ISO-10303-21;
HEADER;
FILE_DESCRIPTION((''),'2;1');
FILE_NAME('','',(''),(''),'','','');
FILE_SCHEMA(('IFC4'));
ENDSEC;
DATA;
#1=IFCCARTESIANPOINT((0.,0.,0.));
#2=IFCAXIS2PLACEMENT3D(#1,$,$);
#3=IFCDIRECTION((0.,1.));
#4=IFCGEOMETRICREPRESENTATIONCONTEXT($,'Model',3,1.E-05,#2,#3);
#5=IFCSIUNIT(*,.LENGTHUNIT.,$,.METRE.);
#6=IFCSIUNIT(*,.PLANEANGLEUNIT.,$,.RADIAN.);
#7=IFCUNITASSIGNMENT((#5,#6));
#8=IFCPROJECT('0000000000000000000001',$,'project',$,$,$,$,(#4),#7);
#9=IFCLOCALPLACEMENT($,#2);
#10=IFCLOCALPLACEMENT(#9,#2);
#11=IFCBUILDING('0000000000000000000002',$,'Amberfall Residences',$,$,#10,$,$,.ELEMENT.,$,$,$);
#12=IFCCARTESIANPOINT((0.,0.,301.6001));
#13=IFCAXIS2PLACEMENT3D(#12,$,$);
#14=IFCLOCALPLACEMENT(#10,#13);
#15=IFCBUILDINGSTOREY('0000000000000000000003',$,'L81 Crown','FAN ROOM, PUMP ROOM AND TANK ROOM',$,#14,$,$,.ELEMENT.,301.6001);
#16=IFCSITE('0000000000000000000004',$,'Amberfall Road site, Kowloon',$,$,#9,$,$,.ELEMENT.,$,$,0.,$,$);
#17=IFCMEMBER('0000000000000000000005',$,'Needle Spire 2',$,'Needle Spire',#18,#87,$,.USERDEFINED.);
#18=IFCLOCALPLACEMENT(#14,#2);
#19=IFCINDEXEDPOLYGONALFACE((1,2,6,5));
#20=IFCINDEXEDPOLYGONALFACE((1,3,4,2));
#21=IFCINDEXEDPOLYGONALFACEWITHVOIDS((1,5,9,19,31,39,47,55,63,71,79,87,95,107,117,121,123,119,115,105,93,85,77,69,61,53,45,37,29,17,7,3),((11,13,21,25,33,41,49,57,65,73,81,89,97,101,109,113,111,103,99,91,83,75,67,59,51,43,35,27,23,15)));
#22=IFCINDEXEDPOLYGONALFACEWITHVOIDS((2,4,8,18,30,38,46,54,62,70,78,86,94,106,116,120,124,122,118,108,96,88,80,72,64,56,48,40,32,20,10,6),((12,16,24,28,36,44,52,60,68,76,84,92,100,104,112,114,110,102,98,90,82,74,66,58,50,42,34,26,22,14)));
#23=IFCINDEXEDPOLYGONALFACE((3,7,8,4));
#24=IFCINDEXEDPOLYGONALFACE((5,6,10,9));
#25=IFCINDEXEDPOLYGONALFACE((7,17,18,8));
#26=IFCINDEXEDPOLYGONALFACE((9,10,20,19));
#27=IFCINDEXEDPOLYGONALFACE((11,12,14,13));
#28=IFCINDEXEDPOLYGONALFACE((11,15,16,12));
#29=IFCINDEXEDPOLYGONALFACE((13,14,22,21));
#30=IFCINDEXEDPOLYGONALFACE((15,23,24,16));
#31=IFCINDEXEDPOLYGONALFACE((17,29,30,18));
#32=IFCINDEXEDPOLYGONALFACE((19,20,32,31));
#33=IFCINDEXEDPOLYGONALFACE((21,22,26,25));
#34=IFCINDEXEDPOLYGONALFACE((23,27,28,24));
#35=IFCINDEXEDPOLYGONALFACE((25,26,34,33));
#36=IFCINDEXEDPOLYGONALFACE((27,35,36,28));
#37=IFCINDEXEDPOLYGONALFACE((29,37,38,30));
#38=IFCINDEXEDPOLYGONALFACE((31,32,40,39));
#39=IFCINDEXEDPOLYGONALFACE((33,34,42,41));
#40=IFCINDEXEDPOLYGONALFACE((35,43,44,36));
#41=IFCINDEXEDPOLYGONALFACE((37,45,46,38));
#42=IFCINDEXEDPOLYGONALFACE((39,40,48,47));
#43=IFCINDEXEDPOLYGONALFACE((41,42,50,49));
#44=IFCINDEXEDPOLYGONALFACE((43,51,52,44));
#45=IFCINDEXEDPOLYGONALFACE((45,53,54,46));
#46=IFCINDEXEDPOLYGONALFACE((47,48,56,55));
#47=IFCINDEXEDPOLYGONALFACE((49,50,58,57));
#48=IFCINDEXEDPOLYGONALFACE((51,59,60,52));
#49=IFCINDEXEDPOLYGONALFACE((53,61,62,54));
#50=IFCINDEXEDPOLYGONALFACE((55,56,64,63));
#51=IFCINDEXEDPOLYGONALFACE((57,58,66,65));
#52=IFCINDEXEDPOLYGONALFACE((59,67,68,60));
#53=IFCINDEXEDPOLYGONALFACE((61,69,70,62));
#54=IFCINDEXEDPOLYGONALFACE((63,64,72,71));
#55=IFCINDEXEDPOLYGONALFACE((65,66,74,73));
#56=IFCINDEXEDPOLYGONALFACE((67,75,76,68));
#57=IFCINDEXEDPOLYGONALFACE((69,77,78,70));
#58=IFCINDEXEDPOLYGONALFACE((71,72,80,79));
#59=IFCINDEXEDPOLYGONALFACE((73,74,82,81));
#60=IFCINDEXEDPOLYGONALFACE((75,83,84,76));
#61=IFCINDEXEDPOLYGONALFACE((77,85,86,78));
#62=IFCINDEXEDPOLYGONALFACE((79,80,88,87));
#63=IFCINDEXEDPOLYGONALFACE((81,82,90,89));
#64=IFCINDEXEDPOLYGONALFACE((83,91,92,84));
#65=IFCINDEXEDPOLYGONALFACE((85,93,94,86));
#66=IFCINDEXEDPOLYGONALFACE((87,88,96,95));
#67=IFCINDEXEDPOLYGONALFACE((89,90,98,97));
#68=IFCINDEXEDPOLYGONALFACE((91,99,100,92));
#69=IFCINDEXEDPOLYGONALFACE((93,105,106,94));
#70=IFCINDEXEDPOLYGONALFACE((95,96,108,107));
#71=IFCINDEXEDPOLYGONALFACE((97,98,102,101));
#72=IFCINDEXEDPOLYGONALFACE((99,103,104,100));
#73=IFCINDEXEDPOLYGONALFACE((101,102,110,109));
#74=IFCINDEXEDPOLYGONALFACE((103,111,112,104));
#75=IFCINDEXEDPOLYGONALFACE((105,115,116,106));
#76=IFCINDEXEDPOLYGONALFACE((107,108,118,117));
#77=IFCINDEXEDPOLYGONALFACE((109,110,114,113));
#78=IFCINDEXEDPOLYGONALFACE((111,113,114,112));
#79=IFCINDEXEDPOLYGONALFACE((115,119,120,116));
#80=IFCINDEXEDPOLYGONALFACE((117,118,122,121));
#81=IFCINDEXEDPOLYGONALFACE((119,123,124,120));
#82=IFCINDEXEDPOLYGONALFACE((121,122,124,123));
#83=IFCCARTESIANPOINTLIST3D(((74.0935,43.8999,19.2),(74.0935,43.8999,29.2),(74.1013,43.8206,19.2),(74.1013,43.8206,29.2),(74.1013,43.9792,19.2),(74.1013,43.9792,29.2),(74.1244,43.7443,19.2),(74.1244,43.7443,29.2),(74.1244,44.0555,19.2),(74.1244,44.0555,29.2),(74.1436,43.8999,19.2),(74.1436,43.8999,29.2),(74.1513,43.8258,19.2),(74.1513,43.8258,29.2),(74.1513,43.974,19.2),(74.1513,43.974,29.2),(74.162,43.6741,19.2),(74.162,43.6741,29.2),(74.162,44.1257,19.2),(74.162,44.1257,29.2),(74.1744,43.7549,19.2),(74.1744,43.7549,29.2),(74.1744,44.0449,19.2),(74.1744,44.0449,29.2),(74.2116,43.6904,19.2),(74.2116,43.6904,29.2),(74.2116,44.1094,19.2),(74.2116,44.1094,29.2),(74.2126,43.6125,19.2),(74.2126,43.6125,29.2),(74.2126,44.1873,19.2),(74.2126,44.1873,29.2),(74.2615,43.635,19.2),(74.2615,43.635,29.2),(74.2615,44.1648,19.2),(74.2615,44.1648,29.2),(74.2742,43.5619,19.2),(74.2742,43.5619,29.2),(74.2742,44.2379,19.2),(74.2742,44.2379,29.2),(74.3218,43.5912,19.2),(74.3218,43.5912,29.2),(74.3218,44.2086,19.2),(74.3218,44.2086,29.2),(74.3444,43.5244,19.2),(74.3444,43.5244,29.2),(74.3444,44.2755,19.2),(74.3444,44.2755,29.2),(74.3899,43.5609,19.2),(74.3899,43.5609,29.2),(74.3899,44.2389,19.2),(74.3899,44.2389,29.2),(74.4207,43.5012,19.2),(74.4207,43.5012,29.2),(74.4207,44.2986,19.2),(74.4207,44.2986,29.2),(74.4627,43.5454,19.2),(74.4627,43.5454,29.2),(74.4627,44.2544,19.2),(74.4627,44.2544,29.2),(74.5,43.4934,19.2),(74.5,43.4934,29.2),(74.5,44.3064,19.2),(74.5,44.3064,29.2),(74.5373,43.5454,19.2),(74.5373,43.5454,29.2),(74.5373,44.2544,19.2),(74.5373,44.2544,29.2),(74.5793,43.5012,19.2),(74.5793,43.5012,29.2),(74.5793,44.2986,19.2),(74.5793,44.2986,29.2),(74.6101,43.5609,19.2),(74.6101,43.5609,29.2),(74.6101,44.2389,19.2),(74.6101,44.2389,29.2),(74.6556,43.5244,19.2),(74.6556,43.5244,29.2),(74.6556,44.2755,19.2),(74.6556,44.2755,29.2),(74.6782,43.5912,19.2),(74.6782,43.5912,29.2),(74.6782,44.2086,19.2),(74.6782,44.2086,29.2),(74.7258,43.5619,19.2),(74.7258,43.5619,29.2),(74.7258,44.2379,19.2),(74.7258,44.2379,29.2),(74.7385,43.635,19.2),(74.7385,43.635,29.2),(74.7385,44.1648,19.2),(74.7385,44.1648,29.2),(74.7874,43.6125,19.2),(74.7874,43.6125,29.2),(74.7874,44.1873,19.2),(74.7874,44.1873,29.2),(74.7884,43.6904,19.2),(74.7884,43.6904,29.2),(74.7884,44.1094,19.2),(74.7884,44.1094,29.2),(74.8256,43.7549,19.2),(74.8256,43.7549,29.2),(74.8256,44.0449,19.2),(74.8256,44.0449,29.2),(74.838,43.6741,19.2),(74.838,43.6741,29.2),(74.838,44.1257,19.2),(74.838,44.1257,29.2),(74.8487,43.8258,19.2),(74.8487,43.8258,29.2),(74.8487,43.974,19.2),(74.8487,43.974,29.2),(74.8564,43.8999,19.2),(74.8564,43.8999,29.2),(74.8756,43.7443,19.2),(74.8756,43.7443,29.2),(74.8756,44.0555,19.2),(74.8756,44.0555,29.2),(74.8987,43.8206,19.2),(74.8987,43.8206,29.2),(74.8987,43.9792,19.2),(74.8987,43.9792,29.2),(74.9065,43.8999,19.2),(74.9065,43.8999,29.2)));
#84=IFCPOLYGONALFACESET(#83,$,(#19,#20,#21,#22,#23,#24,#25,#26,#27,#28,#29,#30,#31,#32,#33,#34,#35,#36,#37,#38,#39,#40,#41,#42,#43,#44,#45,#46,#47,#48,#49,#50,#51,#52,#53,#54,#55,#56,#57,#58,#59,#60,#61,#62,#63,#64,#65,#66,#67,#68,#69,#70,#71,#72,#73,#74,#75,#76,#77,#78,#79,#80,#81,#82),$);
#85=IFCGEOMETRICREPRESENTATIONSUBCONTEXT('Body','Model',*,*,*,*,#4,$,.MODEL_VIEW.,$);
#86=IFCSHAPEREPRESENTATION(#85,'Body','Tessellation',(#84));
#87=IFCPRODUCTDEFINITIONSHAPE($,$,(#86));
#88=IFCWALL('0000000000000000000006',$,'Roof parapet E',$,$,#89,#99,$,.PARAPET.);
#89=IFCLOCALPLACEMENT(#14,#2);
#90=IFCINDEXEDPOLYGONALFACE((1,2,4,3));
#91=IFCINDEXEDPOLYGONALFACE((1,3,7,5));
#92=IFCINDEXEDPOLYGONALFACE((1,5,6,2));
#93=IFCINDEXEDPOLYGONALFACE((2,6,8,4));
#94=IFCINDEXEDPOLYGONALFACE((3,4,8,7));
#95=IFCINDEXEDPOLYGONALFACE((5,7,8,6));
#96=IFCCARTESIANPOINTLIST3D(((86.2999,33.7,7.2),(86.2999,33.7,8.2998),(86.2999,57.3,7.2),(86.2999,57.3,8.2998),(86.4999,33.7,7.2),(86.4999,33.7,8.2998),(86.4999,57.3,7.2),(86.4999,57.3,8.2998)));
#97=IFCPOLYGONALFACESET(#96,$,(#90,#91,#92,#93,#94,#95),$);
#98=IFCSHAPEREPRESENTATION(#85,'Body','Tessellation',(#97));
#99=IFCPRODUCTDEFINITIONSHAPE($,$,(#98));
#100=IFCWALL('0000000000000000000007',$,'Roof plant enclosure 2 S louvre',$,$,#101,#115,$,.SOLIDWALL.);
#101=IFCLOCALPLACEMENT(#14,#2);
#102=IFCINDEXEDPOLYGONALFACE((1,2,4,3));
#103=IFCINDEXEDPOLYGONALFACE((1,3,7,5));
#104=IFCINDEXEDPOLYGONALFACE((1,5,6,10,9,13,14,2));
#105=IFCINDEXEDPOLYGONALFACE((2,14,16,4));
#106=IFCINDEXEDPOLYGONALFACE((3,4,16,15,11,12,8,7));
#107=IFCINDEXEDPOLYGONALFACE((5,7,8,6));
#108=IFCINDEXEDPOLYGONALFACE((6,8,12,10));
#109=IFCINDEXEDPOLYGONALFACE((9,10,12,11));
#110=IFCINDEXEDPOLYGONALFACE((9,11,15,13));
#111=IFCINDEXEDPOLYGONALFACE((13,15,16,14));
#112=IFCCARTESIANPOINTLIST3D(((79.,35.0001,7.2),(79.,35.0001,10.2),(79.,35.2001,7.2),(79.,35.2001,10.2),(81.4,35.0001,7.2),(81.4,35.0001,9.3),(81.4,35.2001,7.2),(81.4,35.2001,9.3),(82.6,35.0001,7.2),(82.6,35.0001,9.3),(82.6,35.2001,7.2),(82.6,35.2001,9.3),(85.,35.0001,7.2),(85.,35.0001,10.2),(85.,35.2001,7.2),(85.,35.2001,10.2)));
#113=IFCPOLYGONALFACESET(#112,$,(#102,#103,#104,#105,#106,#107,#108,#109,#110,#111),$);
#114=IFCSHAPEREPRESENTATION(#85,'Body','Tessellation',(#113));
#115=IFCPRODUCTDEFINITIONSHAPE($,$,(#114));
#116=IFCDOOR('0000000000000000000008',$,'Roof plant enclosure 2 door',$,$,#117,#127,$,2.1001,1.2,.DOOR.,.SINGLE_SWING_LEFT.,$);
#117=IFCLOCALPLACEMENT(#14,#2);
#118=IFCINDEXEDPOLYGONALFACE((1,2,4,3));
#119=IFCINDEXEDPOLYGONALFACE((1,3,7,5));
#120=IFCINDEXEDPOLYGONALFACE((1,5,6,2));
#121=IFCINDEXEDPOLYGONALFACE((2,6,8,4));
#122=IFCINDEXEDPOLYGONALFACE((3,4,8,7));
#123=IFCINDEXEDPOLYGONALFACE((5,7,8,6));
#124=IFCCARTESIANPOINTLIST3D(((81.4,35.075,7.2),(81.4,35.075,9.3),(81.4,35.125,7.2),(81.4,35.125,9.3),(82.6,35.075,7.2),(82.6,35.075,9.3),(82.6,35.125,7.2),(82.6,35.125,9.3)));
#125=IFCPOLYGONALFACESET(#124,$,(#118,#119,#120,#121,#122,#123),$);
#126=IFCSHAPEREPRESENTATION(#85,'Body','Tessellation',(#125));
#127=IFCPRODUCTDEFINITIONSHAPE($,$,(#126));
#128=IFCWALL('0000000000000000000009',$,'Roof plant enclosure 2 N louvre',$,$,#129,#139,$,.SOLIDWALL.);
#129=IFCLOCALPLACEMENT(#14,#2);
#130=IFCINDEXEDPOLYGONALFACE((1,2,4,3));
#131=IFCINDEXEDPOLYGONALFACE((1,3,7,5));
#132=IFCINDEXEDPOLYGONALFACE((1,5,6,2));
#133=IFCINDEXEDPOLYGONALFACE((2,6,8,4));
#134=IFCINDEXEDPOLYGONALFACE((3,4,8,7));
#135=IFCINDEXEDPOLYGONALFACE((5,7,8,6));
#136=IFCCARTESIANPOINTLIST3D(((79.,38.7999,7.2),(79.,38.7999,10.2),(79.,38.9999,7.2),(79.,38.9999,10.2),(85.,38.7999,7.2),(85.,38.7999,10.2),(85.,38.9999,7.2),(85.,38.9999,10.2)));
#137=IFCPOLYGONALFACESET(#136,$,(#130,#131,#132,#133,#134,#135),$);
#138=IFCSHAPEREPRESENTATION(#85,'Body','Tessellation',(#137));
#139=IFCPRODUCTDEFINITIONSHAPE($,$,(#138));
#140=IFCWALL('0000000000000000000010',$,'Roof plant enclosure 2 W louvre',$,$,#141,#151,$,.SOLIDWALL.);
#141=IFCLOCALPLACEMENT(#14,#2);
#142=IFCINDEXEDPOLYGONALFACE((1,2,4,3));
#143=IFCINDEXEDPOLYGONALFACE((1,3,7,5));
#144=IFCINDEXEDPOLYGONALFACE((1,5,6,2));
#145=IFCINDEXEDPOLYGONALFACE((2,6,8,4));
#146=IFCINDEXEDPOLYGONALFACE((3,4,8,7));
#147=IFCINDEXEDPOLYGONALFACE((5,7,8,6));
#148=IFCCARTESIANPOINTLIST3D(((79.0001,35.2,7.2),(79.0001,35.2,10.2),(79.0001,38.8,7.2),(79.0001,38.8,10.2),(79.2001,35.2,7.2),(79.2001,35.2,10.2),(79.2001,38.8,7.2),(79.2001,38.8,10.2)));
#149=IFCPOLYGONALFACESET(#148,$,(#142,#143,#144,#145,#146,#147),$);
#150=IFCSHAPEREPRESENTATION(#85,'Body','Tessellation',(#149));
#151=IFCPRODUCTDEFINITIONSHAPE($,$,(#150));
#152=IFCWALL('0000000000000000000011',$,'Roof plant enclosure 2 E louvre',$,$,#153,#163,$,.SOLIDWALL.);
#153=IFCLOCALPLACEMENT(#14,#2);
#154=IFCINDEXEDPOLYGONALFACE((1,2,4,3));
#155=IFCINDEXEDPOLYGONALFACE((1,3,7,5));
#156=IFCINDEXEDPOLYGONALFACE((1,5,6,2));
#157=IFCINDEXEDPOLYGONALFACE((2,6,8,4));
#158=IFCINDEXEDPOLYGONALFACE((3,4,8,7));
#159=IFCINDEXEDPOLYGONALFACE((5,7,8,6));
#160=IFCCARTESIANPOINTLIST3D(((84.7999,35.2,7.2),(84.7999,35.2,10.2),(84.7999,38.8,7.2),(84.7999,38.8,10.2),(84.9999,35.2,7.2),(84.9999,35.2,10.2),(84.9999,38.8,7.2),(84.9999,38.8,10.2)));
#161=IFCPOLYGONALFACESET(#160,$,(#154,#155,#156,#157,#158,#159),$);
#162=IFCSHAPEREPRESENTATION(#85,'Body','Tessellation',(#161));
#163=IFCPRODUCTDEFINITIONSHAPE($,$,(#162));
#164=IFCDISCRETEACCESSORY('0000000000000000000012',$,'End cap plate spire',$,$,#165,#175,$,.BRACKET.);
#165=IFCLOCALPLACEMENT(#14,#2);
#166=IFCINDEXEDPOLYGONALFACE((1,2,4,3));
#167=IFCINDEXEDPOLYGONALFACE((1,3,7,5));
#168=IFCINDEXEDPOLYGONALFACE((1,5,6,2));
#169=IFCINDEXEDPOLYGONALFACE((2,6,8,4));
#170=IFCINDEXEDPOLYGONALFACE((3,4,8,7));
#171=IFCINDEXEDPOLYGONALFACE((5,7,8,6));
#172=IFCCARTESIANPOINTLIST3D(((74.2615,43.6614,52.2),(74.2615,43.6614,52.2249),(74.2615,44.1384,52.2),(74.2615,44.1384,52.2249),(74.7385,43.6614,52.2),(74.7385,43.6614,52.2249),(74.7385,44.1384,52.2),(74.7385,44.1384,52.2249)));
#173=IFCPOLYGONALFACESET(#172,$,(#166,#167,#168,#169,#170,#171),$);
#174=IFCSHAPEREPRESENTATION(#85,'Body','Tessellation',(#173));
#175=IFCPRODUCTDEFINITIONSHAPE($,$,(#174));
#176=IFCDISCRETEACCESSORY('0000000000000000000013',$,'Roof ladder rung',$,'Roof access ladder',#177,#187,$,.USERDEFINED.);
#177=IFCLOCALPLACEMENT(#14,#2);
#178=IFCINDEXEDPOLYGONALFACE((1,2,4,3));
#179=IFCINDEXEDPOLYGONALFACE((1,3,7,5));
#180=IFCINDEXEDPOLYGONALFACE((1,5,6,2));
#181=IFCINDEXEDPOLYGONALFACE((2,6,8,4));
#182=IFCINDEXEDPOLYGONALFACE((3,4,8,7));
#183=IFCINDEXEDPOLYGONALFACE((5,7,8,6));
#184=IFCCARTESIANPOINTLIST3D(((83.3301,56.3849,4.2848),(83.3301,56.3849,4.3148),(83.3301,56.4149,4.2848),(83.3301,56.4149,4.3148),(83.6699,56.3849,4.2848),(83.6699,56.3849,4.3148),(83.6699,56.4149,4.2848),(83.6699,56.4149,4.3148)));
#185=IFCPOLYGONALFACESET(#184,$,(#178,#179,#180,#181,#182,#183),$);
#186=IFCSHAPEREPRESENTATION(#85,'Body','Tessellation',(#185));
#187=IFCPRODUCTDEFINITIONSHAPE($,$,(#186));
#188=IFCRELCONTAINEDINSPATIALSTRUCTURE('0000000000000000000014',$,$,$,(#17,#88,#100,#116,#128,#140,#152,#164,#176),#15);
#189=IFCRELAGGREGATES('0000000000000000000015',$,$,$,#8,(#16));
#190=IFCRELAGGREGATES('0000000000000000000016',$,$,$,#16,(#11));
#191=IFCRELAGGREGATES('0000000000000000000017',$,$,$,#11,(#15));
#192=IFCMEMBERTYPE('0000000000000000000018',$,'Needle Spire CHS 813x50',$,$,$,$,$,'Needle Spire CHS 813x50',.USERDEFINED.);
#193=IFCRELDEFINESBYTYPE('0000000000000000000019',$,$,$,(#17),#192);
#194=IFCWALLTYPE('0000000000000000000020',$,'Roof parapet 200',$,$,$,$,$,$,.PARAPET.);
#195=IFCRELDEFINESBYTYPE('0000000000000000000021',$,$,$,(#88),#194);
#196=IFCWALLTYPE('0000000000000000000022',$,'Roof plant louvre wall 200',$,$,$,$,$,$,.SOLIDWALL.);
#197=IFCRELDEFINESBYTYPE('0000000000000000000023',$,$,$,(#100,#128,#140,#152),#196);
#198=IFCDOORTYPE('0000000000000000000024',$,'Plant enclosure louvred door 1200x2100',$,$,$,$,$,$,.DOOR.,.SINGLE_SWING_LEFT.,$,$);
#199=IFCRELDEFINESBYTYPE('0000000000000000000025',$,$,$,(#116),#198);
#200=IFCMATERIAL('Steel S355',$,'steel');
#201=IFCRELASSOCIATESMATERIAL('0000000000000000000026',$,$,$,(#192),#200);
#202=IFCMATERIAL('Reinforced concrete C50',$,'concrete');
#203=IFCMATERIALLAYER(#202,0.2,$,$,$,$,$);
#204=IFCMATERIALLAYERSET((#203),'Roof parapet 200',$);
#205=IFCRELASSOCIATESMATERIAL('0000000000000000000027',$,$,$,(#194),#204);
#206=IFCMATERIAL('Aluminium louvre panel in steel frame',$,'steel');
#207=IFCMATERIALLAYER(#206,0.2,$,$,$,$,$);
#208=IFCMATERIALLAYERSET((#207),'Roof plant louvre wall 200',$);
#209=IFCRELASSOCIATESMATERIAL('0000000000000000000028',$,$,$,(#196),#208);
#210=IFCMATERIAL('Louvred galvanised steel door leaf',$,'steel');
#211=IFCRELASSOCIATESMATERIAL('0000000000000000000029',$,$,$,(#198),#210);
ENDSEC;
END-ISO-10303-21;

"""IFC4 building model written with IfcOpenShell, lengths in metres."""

from ifc_helpers import new_model, si_unit, direction, frame, frame_2d, origin, origin_2d, place, context, subcontext, project, spatial, rectangle, hollow_circle, extrude, material, layer, layer_set, material_profile, profile_set, type_object, element, fill, save


model = new_model("IFC4")

# Units and contexts
model_context = context("Model", 3, precision=1e-05, world=origin(), true_north=direction((0.0, 1.0)))
body_context = subcontext(model_context, "Body", "Model", "MODEL_VIEW")
ifc_project = project(units=[si_unit("LENGTHUNIT", "METRE"), si_unit("PLANEANGLEUNIT", "RADIAN")], contexts=[model_context])

# Site, building, storey
site_placement = place(None, origin())
site = spatial("IfcSite", under=ifc_project, at=site_placement, Name="Amberfall Road site, Kowloon", CompositionType="ELEMENT", RefElevation=0.0)
building_placement = place(site_placement, origin())
building = spatial("IfcBuilding", under=site, at=building_placement, Name="Amberfall Residences", CompositionType="ELEMENT")
storey_placement = place(building_placement, frame((0.0, 0.0, 301.6001)))
storey = spatial("IfcBuildingStorey", under=building, at=storey_placement, Name="L81 Crown", Description="FAN ROOM, PUMP ROOM AND TANK ROOM", CompositionType="ELEMENT", Elevation=301.6001)

# Member
ifc_material_1 = material(Name="Steel S355", Category="steel")
ifc_material_profile_1 = material_profile(ifc_material_1, hollow_circle(Radius=0.4065, WallThickness=0.05, at=origin_2d()), Name="CHS 813x50")
ifc_profile_set_1 = profile_set([ifc_material_profile_1], Name="Steel S355")
member_type_1 = type_object("IfcMemberType", Name="Needle Spire CHS 813x50", ElementType="Needle Spire CHS 813x50", PredefinedType="USERDEFINED", material=ifc_profile_set_1)
member_1_placement = place(storey_placement, frame((74.5, 43.8999, 19.2), z_axis=(0.0, 0.0, 1.0), x_axis=(1.0, 0.0, 0.0)))
element("IfcMember", 1, at=member_1_placement, inside=storey, type_object=member_type_1, Name="Needle Spire 2", ObjectType="Needle Spire", PredefinedType="USERDEFINED", context=body_context, shape_type="SweptSolid", body=[
    extrude(hollow_circle(Radius=0.4065, WallThickness=0.05, at=origin_2d()), origin(), (0.0, 0.0, 1.0), 10.0),
])

# Wall
ifc_material_2 = material(Name="Reinforced concrete C50", Category="concrete")
ifc_layer_1 = layer(ifc_material_2, 0.2)
ifc_layer_set_1 = layer_set([ifc_layer_1], Name="Roof parapet 200")
wall_type_1 = type_object("IfcWallType", Name="Roof parapet 200", PredefinedType="PARAPET", material=ifc_layer_set_1)
wall_1_placement = place(storey_placement, frame((86.3999, 33.7, 7.2), z_axis=(0.0, 0.0, 1.0), x_axis=(0.0, 1.0, 0.0)))
element("IfcWall", 2, at=wall_1_placement, inside=storey, type_object=wall_type_1, Name="Roof parapet E", PredefinedType="PARAPET", context=body_context, shape_type="SweptSolid", body=[
    extrude(rectangle(XDim=23.6001, YDim=0.2, at=frame_2d((11.8, 0.0))), origin(), (0.0, 0.0, 1.0), 1.0999),
])

# Wall, opening, door
ifc_material_3 = material(Name="Aluminium louvre panel in steel frame", Category="steel")
ifc_layer_2 = layer(ifc_material_3, 0.2)
ifc_layer_set_2 = layer_set([ifc_layer_2], Name="Roof plant louvre wall 200")
wall_type_2 = type_object("IfcWallType", Name="Roof plant louvre wall 200", PredefinedType="SOLIDWALL", material=ifc_layer_set_2)
wall_2_placement = place(storey_placement, frame((79.0, 35.1001, 7.2), z_axis=(0.0, 0.0, 1.0), x_axis=(1.0, 0.0, 0.0)))
wall_2 = element("IfcWall", 3, at=wall_2_placement, inside=storey, type_object=wall_type_2, Name="Roof plant enclosure 2 S louvre", PredefinedType="SOLIDWALL", context=body_context, shape_type="SweptSolid", body=[
    extrude(rectangle(XDim=6.0, YDim=0.2, at=frame_2d((3.0, 0.0))), origin(), (0.0, 0.0, 1.0), 3.0),
])
opening_placement = place(wall_2_placement, frame((2.3999, 0.0, 0.0)))
opening = element("IfcOpeningElement", 4, at=opening_placement, cuts=wall_2, PredefinedType="OPENING", context=body_context, shape_type="SweptSolid", body=[
    extrude(rectangle(XDim=1.2, YDim=2.1001, at=frame_2d((0.6001, 1.05))), frame((0.0, 0.1099, 0.0), z_axis=(0.0, -1.0, 0.0), x_axis=(1.0, 0.0, 0.0)), (0.0, 0.0, 1.0), 0.22),
])
ifc_material_4 = material(Name="Louvred galvanised steel door leaf", Category="steel")
door_type = type_object("IfcDoorType", Name="Plant enclosure louvred door 1200x2100", OperationType="SINGLE_SWING_LEFT", PredefinedType="DOOR", material=ifc_material_4)
door_placement = place(opening_placement, origin())
door = element("IfcDoor", 5, at=door_placement, inside=storey, type_object=door_type, Name="Roof plant enclosure 2 door", OperationType="SINGLE_SWING_LEFT", OverallHeight=2.1001, OverallWidth=1.2, PredefinedType="DOOR", context=body_context, shape_type="SweptSolid", body=[
    extrude(rectangle(XDim=1.2, YDim=2.1001, at=frame_2d((0.6001, 1.05))), frame((0.0, 0.0249, 0.0), z_axis=(0.0, -1.0, 0.0), x_axis=(1.0, 0.0, 0.0)), (0.0, 0.0, 1.0), 0.05),
])
fill(opening, door)

# Walls
wall_3_placement = place(storey_placement, frame((79.0, 38.8999, 7.2), z_axis=(0.0, 0.0, 1.0), x_axis=(1.0, 0.0, 0.0)))
element("IfcWall", 6, at=wall_3_placement, inside=storey, type_object=wall_type_2, Name="Roof plant enclosure 2 N louvre", PredefinedType="SOLIDWALL", context=body_context, shape_type="SweptSolid", body=[
    extrude(rectangle(XDim=6.0, YDim=0.2, at=frame_2d((3.0, 0.0))), origin(), (0.0, 0.0, 1.0), 3.0),
])
for number, where, z_axis, x_axis, name in (
    (7, (79.1001, 35.2, 7.2), (0.0, 0.0, 1.0), (0.0, 1.0, 0.0), "Roof plant enclosure 2 W louvre"),
    (8, (84.8999, 35.2, 7.2), (0.0, 0.0, 1.0), (0.0, 1.0, 0.0), "Roof plant enclosure 2 E louvre"),
):
    element("IfcWall", number, at=place(storey_placement, frame(where, z_axis=z_axis, x_axis=x_axis)), inside=storey, type_object=wall_type_2, Name=name, PredefinedType="SOLIDWALL", context=body_context, shape_type="SweptSolid", body=[
        extrude(rectangle(XDim=3.6001, YDim=0.2, at=frame_2d((1.8, 0.0))), origin(), (0.0, 0.0, 1.0), 3.0),
    ])

# Discrete accessories
discrete_accessory_placement = place(storey_placement, frame((74.5, 43.8999, 52.2), z_axis=(0.0, 0.0, 1.0), x_axis=(1.0, 0.0, 0.0)))
element("IfcDiscreteAccessory", 9, at=discrete_accessory_placement, inside=storey, Name="End cap plate spire", PredefinedType="BRACKET", context=body_context, shape_type="SweptSolid", body=[
    extrude(rectangle(XDim=0.4771, YDim=0.4771, at=origin_2d()), origin(), (0.0, 0.0, 1.0), 0.0249),
])
for number, where, z_axis, x_axis, name in (
    (10, (83.3301, 56.3999, 4.2998), (1.0, 0.0, 0.0), (0.0, 1.0, 0.0), "Roof ladder rung"),
):
    element("IfcDiscreteAccessory", number, at=place(storey_placement, frame(where, z_axis=z_axis, x_axis=x_axis)), inside=storey, Name=name, ObjectType="Roof access ladder", PredefinedType="USERDEFINED", context=body_context, shape_type="SweptSolid", body=[
        extrude(rectangle(XDim=0.03, YDim=0.03, at=origin_2d()), origin(), (0.0, 0.0, 1.0), 0.3398),
    ])

save(model, "model.ifc")
